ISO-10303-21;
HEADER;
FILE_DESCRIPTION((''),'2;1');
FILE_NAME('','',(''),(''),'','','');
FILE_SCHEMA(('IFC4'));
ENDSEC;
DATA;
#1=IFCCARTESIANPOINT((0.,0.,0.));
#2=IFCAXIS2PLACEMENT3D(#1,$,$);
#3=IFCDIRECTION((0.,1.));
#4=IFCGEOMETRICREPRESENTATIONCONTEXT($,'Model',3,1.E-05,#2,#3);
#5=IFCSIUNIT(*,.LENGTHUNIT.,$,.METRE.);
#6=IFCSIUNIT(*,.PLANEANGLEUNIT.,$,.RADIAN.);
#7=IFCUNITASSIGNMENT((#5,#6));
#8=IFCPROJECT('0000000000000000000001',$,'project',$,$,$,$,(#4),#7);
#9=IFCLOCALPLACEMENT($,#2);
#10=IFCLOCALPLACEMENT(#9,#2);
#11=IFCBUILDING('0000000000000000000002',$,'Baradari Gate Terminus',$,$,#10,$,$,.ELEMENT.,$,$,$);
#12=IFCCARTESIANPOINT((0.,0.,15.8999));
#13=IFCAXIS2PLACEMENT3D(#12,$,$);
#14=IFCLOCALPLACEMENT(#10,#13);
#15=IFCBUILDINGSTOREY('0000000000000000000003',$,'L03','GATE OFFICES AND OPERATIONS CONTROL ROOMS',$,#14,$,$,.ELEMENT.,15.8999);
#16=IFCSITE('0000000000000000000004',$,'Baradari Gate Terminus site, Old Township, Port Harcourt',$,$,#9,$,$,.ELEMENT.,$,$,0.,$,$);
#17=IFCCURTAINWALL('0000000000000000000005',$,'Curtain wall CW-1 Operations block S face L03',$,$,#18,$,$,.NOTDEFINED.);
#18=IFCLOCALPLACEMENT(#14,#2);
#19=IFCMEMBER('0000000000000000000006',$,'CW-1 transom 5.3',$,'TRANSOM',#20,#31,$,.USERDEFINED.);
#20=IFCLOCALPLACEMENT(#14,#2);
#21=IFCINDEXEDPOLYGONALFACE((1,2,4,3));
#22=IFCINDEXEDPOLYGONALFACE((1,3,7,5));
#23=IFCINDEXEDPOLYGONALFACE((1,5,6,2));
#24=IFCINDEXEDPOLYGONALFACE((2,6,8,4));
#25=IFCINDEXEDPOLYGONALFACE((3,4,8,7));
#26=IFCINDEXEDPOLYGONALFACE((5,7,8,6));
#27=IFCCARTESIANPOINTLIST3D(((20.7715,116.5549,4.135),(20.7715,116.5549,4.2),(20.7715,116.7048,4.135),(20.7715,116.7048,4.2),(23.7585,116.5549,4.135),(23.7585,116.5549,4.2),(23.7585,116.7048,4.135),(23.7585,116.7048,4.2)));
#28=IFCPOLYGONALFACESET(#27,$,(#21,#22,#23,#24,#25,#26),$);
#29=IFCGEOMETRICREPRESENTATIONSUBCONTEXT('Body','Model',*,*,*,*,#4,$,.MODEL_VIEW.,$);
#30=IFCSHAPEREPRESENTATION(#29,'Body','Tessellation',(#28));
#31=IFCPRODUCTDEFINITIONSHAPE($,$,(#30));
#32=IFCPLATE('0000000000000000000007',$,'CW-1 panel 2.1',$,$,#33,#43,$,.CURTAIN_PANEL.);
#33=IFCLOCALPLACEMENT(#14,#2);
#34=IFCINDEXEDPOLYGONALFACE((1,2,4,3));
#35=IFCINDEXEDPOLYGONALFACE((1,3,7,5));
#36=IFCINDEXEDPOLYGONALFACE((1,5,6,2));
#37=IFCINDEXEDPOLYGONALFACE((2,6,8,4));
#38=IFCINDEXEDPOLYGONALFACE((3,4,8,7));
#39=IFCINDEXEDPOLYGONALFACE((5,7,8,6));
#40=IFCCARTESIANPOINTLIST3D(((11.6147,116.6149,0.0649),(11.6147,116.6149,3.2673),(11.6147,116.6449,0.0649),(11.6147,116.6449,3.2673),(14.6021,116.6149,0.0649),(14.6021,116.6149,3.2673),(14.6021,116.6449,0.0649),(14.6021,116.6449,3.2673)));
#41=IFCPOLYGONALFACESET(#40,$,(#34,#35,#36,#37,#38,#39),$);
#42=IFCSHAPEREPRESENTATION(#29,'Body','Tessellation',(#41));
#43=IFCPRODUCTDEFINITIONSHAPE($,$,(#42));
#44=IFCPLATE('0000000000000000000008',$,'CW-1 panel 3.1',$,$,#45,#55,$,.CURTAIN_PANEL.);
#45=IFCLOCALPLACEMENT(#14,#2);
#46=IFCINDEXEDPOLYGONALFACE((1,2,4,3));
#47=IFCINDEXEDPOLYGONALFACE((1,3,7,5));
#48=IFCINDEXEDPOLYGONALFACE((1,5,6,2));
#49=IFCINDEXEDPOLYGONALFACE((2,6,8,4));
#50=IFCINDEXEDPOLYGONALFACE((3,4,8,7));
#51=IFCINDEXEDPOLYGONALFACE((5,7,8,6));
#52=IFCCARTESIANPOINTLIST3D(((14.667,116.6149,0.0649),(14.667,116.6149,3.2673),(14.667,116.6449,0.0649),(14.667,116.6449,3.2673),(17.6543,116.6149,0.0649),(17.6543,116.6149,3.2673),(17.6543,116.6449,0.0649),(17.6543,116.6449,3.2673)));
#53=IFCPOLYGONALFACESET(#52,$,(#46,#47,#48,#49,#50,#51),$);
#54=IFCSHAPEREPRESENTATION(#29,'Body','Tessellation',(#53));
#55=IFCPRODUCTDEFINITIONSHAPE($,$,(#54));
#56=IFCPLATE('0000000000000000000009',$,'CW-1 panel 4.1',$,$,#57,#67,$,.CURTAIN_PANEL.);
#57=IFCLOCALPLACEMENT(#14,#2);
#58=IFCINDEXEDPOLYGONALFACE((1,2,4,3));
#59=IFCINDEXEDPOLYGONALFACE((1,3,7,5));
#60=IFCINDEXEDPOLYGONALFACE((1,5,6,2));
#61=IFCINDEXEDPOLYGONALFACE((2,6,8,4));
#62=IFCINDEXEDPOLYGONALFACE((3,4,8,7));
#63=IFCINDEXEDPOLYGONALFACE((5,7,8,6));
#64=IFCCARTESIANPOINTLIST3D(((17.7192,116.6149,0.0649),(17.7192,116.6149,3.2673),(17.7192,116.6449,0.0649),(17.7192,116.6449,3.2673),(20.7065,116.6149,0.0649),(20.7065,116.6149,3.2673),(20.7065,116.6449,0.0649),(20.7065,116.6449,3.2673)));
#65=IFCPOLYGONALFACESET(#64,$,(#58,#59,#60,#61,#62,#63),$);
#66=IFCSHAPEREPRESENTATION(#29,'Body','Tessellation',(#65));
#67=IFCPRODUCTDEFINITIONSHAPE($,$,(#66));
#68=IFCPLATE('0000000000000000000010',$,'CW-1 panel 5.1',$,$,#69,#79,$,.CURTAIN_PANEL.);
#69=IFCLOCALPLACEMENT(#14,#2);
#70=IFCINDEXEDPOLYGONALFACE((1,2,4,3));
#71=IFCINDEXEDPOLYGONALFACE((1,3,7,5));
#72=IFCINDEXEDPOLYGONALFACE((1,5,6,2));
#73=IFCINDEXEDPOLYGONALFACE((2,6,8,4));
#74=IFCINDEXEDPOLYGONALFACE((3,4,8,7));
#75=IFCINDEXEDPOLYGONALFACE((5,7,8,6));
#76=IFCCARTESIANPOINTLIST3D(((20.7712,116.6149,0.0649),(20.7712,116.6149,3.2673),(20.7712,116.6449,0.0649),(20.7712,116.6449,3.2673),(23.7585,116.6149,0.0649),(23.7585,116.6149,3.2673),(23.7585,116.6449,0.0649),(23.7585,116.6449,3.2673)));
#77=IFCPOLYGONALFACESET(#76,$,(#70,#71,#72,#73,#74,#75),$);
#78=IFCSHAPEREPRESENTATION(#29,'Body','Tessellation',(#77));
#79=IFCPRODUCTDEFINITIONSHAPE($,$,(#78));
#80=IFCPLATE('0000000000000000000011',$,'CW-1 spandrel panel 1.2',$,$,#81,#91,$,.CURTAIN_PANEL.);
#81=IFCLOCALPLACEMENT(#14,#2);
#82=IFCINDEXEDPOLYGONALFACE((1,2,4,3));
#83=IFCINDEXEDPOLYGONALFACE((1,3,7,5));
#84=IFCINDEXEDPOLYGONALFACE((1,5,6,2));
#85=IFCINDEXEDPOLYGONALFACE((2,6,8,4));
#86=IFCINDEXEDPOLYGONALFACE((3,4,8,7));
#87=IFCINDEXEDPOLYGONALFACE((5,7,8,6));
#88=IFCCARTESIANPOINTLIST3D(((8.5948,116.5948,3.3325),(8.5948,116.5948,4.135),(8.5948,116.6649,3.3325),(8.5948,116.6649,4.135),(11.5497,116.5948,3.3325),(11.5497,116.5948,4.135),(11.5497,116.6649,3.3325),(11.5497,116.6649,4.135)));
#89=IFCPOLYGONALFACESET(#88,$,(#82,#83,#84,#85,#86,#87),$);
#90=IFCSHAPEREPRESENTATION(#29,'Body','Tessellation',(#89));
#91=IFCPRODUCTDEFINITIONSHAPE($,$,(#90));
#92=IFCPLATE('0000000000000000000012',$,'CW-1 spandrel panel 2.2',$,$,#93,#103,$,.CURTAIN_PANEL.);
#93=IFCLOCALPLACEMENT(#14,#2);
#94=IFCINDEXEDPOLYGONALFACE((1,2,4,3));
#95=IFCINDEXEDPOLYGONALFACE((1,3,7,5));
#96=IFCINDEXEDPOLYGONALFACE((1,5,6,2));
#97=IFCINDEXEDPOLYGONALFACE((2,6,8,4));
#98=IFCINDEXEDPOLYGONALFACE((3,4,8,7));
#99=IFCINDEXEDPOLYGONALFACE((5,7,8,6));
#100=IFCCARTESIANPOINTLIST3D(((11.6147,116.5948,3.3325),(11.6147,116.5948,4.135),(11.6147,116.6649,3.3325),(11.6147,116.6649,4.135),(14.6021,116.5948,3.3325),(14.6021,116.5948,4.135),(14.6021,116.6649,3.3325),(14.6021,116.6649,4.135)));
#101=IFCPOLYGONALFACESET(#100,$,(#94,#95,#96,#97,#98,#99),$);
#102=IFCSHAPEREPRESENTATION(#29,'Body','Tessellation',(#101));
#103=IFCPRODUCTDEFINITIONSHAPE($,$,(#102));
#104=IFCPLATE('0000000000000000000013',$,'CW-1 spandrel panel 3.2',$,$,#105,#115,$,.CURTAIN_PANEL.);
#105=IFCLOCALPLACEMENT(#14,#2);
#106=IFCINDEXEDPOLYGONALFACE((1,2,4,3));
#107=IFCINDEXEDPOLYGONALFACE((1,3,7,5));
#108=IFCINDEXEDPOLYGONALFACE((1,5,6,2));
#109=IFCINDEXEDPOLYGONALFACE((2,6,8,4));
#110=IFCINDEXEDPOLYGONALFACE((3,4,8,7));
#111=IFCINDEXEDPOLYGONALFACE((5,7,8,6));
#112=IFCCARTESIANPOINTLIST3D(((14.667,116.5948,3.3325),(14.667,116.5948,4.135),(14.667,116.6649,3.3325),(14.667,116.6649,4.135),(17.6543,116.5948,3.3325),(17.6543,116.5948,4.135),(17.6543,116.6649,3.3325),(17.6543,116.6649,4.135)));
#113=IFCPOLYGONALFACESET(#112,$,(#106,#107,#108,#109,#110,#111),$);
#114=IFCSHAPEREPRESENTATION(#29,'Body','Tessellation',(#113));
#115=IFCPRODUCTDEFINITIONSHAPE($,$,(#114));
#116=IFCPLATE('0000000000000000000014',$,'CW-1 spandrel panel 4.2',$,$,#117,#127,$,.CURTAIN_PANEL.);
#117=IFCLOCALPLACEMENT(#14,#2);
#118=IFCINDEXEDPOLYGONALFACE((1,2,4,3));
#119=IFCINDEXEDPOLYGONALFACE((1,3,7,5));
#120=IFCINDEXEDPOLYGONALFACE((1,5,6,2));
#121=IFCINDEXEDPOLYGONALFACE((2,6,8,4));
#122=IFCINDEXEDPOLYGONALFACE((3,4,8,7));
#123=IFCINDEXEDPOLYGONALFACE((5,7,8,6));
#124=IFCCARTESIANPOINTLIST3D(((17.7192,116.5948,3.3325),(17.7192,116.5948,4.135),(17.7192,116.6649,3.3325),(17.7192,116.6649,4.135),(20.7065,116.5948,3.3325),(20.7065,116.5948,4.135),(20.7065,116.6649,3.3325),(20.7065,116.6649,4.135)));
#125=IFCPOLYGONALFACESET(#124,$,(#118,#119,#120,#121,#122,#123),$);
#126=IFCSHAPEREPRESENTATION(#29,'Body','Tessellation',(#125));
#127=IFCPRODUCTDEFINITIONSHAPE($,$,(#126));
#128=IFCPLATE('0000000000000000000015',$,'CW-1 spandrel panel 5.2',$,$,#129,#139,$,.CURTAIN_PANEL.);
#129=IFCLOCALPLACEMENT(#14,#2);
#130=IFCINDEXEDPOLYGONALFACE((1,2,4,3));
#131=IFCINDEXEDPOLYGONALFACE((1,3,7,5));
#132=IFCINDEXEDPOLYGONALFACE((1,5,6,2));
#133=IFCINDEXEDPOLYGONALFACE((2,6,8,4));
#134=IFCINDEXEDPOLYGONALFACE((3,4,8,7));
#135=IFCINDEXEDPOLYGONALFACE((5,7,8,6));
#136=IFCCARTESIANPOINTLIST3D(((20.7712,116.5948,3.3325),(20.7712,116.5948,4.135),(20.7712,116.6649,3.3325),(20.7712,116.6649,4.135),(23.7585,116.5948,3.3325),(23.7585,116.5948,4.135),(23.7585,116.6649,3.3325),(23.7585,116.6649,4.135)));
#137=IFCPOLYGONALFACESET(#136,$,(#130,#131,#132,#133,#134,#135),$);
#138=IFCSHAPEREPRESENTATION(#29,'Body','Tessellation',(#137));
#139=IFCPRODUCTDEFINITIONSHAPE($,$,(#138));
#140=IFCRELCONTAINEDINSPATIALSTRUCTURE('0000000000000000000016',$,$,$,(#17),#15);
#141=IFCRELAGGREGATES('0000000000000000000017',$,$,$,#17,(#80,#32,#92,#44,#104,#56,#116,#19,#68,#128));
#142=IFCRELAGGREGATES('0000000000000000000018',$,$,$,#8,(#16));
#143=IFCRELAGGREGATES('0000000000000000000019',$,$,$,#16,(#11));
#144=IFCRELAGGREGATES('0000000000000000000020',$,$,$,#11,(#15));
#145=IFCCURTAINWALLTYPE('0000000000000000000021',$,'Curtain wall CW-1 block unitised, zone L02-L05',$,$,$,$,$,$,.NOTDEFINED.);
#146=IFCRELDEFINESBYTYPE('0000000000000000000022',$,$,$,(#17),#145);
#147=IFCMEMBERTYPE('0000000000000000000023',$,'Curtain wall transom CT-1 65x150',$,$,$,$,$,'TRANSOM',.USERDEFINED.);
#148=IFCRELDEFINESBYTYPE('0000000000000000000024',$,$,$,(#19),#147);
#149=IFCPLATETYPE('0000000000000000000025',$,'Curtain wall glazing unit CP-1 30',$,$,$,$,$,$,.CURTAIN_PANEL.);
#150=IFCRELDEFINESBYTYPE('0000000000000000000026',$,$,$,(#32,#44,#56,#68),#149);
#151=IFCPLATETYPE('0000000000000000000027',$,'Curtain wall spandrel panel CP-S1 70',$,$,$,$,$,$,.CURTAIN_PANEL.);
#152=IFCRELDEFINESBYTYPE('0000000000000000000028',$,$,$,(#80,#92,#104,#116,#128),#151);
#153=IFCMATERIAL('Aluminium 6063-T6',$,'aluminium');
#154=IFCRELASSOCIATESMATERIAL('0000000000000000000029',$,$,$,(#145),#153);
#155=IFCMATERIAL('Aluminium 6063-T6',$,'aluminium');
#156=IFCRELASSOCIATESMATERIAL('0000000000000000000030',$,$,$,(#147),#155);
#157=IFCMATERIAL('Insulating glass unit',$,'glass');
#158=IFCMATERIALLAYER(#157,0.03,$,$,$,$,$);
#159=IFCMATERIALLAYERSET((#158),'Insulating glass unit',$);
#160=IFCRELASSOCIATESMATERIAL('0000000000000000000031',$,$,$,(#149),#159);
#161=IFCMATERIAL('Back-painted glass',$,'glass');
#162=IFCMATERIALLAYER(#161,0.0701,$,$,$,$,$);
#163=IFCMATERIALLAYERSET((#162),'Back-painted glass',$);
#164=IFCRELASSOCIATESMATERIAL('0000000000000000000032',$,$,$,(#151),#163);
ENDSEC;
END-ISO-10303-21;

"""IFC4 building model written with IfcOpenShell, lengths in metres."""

from ifc_helpers import new_model, si_unit, direction, frame, origin, origin_2d, place, context, subcontext, project, spatial, rectangle, extrude, material, layer, layer_set, material_profile, profile_set, type_object, element, aggregate, save


model = new_model("IFC4")

# Units and contexts
model_context = context("Model", 3, precision=1e-05, world=origin(), true_north=direction((0.0, 1.0)))
body_context = subcontext(model_context, "Body", "Model", "MODEL_VIEW")
ifc_project = project(units=[si_unit("LENGTHUNIT", "METRE"), si_unit("PLANEANGLEUNIT", "RADIAN")], contexts=[model_context])

# Site, building, storey
site_placement = place(None, origin())
site = spatial("IfcSite", under=ifc_project, at=site_placement, Name="Baradari Gate Terminus site, Old Township, Port Harcourt", CompositionType="ELEMENT", RefElevation=0.0)
building_placement = place(site_placement, origin())
building = spatial("IfcBuilding", under=site, at=building_placement, Name="Baradari Gate Terminus", CompositionType="ELEMENT")
storey_placement = place(building_placement, frame((0.0, 0.0, 15.8999)))
storey = spatial("IfcBuildingStorey", under=building, at=storey_placement, Name="L03", Description="GATE OFFICES AND OPERATIONS CONTROL ROOMS", CompositionType="ELEMENT", Elevation=15.8999)

# Curtain wall, member, plates
ifc_material_1 = material(Name="Aluminium 6063-T6", Category="aluminium")
curtain_wall_type = type_object("IfcCurtainWallType", Name="Curtain wall CW-1 block unitised, zone L02-L05", PredefinedType="NOTDEFINED", material=ifc_material_1)
curtain_wall_placement = place(storey_placement, origin())
curtain_wall = element("IfcCurtainWall", 1, at=curtain_wall_placement, inside=storey, type_object=curtain_wall_type, Name="Curtain wall CW-1 Operations block S face L03", PredefinedType="NOTDEFINED")
ifc_material_2 = material(Name="Aluminium 6063-T6", Category="aluminium")
ifc_material_profile_1 = material_profile(ifc_material_2, rectangle(XDim=0.1499, YDim=0.0649, at=origin_2d()), Name="CT-1 65X150")
ifc_profile_set_1 = profile_set([ifc_material_profile_1], Name="Aluminium 6063-T6")
member_type_1 = type_object("IfcMemberType", Name="Curtain wall transom CT-1 65x150", ElementType="TRANSOM", PredefinedType="USERDEFINED", material=ifc_profile_set_1)
member_1_placement = place(storey_placement, frame((20.7715, 116.6299, 4.1675), z_axis=(1.0, 0.0, 0.0), x_axis=(0.0, 1.0, 0.0)))
member_1 = element("IfcMember", 2, at=member_1_placement, type_object=member_type_1, Name="CW-1 transom 5.3", ObjectType="TRANSOM", PredefinedType="USERDEFINED", context=body_context, shape_type="SweptSolid", body=[
    extrude(rectangle(XDim=0.1499, YDim=0.0649, at=origin_2d()), origin(), (0.0, 0.0, 1.0), 2.9871),
])
ifc_material_3 = material(Name="Insulating glass unit", Category="glass")
ifc_layer_1 = layer(ifc_material_3, 0.03)
ifc_layer_set_1 = layer_set([ifc_layer_1], Name="Insulating glass unit")
plate_type_1 = type_object("IfcPlateType", Name="Curtain wall glazing unit CP-1 30", PredefinedType="CURTAIN_PANEL", material=ifc_layer_set_1)
plate_1_placement = place(storey_placement, frame((13.1084, 116.6299, 0.0649), z_axis=(0.0, 0.0, 1.0), x_axis=(1.0, 0.0, 0.0)))
plate_1 = element("IfcPlate", 3, at=plate_1_placement, type_object=plate_type_1, Name="CW-1 panel 2.1", PredefinedType="CURTAIN_PANEL", context=body_context, shape_type="SweptSolid", body=[
    extrude(rectangle(XDim=2.9873, YDim=0.03, at=origin_2d()), origin(), (0.0, 0.0, 1.0), 3.2024),
])
plate_2_placement = place(storey_placement, frame((16.1606, 116.6299, 0.0649), z_axis=(0.0, 0.0, 1.0), x_axis=(1.0, 0.0, 0.0)))
plate_2 = element("IfcPlate", 4, at=plate_2_placement, type_object=plate_type_1, Name="CW-1 panel 3.1", PredefinedType="CURTAIN_PANEL", context=body_context, shape_type="SweptSolid", body=[
    extrude(rectangle(XDim=2.9873, YDim=0.03, at=origin_2d()), origin(), (0.0, 0.0, 1.0), 3.2024),
])
plate_3_placement = place(storey_placement, frame((19.2129, 116.6299, 0.0649), z_axis=(0.0, 0.0, 1.0), x_axis=(1.0, 0.0, 0.0)))
plate_3 = element("IfcPlate", 5, at=plate_3_placement, type_object=plate_type_1, Name="CW-1 panel 4.1", PredefinedType="CURTAIN_PANEL", context=body_context, shape_type="SweptSolid", body=[
    extrude(rectangle(XDim=2.9873, YDim=0.03, at=origin_2d()), origin(), (0.0, 0.0, 1.0), 3.2024),
])
plate_4_placement = place(storey_placement, frame((22.2649, 116.6299, 0.0649), z_axis=(0.0, 0.0, 1.0), x_axis=(1.0, 0.0, 0.0)))
plate_4 = element("IfcPlate", 6, at=plate_4_placement, type_object=plate_type_1, Name="CW-1 panel 5.1", PredefinedType="CURTAIN_PANEL", context=body_context, shape_type="SweptSolid", body=[
    extrude(rectangle(XDim=2.9873, YDim=0.03, at=origin_2d()), origin(), (0.0, 0.0, 1.0), 3.2024),
])
ifc_material_4 = material(Name="Back-painted glass", Category="glass")
ifc_layer_2 = layer(ifc_material_4, 0.0701)
ifc_layer_set_2 = layer_set([ifc_layer_2], Name="Back-painted glass")
plate_type_2 = type_object("IfcPlateType", Name="Curtain wall spandrel panel CP-S1 70", PredefinedType="CURTAIN_PANEL", material=ifc_layer_set_2)
plate_5_placement = place(storey_placement, frame((10.0723, 116.6299, 3.3325), z_axis=(0.0, 0.0, 1.0), x_axis=(1.0, 0.0, 0.0)))
plate_5 = element("IfcPlate", 7, at=plate_5_placement, type_object=plate_type_2, Name="CW-1 spandrel panel 1.2", PredefinedType="CURTAIN_PANEL", context=body_context, shape_type="SweptSolid", body=[
    extrude(rectangle(XDim=2.9548, YDim=0.0701, at=origin_2d()), origin(), (0.0, 0.0, 1.0), 0.8025),
])
plate_6_placement = place(storey_placement, frame((13.1084, 116.6299, 3.3325), z_axis=(0.0, 0.0, 1.0), x_axis=(1.0, 0.0, 0.0)))
plate_6 = element("IfcPlate", 8, at=plate_6_placement, type_object=plate_type_2, Name="CW-1 spandrel panel 2.2", PredefinedType="CURTAIN_PANEL", context=body_context, shape_type="SweptSolid", body=[
    extrude(rectangle(XDim=2.9873, YDim=0.0701, at=origin_2d()), origin(), (0.0, 0.0, 1.0), 0.8025),
])
plate_7_placement = place(storey_placement, frame((16.1606, 116.6299, 3.3325), z_axis=(0.0, 0.0, 1.0), x_axis=(1.0, 0.0, 0.0)))
plate_7 = element("IfcPlate", 9, at=plate_7_placement, type_object=plate_type_2, Name="CW-1 spandrel panel 3.2", PredefinedType="CURTAIN_PANEL", context=body_context, shape_type="SweptSolid", body=[
    extrude(rectangle(XDim=2.9873, YDim=0.0701, at=origin_2d()), origin(), (0.0, 0.0, 1.0), 0.8025),
])
plate_8_placement = place(storey_placement, frame((19.2129, 116.6299, 3.3325), z_axis=(0.0, 0.0, 1.0), x_axis=(1.0, 0.0, 0.0)))
plate_8 = element("IfcPlate", 10, at=plate_8_placement, type_object=plate_type_2, Name="CW-1 spandrel panel 4.2", PredefinedType="CURTAIN_PANEL", context=body_context, shape_type="SweptSolid", body=[
    extrude(rectangle(XDim=2.9873, YDim=0.0701, at=origin_2d()), origin(), (0.0, 0.0, 1.0), 0.8025),
])
plate_9_placement = place(storey_placement, frame((22.2649, 116.6299, 3.3325), z_axis=(0.0, 0.0, 1.0), x_axis=(1.0, 0.0, 0.0)))
plate_9 = element("IfcPlate", 11, at=plate_9_placement, type_object=plate_type_2, Name="CW-1 spandrel panel 5.2", PredefinedType="CURTAIN_PANEL", context=body_context, shape_type="SweptSolid", body=[
    extrude(rectangle(XDim=2.9873, YDim=0.0701, at=origin_2d()), origin(), (0.0, 0.0, 1.0), 0.8025),
])
aggregate(curtain_wall, [plate_5, plate_1, plate_6, plate_2, plate_7, plate_3, plate_8, member_1, plate_4, plate_9])

save(model, "model.ifc")
